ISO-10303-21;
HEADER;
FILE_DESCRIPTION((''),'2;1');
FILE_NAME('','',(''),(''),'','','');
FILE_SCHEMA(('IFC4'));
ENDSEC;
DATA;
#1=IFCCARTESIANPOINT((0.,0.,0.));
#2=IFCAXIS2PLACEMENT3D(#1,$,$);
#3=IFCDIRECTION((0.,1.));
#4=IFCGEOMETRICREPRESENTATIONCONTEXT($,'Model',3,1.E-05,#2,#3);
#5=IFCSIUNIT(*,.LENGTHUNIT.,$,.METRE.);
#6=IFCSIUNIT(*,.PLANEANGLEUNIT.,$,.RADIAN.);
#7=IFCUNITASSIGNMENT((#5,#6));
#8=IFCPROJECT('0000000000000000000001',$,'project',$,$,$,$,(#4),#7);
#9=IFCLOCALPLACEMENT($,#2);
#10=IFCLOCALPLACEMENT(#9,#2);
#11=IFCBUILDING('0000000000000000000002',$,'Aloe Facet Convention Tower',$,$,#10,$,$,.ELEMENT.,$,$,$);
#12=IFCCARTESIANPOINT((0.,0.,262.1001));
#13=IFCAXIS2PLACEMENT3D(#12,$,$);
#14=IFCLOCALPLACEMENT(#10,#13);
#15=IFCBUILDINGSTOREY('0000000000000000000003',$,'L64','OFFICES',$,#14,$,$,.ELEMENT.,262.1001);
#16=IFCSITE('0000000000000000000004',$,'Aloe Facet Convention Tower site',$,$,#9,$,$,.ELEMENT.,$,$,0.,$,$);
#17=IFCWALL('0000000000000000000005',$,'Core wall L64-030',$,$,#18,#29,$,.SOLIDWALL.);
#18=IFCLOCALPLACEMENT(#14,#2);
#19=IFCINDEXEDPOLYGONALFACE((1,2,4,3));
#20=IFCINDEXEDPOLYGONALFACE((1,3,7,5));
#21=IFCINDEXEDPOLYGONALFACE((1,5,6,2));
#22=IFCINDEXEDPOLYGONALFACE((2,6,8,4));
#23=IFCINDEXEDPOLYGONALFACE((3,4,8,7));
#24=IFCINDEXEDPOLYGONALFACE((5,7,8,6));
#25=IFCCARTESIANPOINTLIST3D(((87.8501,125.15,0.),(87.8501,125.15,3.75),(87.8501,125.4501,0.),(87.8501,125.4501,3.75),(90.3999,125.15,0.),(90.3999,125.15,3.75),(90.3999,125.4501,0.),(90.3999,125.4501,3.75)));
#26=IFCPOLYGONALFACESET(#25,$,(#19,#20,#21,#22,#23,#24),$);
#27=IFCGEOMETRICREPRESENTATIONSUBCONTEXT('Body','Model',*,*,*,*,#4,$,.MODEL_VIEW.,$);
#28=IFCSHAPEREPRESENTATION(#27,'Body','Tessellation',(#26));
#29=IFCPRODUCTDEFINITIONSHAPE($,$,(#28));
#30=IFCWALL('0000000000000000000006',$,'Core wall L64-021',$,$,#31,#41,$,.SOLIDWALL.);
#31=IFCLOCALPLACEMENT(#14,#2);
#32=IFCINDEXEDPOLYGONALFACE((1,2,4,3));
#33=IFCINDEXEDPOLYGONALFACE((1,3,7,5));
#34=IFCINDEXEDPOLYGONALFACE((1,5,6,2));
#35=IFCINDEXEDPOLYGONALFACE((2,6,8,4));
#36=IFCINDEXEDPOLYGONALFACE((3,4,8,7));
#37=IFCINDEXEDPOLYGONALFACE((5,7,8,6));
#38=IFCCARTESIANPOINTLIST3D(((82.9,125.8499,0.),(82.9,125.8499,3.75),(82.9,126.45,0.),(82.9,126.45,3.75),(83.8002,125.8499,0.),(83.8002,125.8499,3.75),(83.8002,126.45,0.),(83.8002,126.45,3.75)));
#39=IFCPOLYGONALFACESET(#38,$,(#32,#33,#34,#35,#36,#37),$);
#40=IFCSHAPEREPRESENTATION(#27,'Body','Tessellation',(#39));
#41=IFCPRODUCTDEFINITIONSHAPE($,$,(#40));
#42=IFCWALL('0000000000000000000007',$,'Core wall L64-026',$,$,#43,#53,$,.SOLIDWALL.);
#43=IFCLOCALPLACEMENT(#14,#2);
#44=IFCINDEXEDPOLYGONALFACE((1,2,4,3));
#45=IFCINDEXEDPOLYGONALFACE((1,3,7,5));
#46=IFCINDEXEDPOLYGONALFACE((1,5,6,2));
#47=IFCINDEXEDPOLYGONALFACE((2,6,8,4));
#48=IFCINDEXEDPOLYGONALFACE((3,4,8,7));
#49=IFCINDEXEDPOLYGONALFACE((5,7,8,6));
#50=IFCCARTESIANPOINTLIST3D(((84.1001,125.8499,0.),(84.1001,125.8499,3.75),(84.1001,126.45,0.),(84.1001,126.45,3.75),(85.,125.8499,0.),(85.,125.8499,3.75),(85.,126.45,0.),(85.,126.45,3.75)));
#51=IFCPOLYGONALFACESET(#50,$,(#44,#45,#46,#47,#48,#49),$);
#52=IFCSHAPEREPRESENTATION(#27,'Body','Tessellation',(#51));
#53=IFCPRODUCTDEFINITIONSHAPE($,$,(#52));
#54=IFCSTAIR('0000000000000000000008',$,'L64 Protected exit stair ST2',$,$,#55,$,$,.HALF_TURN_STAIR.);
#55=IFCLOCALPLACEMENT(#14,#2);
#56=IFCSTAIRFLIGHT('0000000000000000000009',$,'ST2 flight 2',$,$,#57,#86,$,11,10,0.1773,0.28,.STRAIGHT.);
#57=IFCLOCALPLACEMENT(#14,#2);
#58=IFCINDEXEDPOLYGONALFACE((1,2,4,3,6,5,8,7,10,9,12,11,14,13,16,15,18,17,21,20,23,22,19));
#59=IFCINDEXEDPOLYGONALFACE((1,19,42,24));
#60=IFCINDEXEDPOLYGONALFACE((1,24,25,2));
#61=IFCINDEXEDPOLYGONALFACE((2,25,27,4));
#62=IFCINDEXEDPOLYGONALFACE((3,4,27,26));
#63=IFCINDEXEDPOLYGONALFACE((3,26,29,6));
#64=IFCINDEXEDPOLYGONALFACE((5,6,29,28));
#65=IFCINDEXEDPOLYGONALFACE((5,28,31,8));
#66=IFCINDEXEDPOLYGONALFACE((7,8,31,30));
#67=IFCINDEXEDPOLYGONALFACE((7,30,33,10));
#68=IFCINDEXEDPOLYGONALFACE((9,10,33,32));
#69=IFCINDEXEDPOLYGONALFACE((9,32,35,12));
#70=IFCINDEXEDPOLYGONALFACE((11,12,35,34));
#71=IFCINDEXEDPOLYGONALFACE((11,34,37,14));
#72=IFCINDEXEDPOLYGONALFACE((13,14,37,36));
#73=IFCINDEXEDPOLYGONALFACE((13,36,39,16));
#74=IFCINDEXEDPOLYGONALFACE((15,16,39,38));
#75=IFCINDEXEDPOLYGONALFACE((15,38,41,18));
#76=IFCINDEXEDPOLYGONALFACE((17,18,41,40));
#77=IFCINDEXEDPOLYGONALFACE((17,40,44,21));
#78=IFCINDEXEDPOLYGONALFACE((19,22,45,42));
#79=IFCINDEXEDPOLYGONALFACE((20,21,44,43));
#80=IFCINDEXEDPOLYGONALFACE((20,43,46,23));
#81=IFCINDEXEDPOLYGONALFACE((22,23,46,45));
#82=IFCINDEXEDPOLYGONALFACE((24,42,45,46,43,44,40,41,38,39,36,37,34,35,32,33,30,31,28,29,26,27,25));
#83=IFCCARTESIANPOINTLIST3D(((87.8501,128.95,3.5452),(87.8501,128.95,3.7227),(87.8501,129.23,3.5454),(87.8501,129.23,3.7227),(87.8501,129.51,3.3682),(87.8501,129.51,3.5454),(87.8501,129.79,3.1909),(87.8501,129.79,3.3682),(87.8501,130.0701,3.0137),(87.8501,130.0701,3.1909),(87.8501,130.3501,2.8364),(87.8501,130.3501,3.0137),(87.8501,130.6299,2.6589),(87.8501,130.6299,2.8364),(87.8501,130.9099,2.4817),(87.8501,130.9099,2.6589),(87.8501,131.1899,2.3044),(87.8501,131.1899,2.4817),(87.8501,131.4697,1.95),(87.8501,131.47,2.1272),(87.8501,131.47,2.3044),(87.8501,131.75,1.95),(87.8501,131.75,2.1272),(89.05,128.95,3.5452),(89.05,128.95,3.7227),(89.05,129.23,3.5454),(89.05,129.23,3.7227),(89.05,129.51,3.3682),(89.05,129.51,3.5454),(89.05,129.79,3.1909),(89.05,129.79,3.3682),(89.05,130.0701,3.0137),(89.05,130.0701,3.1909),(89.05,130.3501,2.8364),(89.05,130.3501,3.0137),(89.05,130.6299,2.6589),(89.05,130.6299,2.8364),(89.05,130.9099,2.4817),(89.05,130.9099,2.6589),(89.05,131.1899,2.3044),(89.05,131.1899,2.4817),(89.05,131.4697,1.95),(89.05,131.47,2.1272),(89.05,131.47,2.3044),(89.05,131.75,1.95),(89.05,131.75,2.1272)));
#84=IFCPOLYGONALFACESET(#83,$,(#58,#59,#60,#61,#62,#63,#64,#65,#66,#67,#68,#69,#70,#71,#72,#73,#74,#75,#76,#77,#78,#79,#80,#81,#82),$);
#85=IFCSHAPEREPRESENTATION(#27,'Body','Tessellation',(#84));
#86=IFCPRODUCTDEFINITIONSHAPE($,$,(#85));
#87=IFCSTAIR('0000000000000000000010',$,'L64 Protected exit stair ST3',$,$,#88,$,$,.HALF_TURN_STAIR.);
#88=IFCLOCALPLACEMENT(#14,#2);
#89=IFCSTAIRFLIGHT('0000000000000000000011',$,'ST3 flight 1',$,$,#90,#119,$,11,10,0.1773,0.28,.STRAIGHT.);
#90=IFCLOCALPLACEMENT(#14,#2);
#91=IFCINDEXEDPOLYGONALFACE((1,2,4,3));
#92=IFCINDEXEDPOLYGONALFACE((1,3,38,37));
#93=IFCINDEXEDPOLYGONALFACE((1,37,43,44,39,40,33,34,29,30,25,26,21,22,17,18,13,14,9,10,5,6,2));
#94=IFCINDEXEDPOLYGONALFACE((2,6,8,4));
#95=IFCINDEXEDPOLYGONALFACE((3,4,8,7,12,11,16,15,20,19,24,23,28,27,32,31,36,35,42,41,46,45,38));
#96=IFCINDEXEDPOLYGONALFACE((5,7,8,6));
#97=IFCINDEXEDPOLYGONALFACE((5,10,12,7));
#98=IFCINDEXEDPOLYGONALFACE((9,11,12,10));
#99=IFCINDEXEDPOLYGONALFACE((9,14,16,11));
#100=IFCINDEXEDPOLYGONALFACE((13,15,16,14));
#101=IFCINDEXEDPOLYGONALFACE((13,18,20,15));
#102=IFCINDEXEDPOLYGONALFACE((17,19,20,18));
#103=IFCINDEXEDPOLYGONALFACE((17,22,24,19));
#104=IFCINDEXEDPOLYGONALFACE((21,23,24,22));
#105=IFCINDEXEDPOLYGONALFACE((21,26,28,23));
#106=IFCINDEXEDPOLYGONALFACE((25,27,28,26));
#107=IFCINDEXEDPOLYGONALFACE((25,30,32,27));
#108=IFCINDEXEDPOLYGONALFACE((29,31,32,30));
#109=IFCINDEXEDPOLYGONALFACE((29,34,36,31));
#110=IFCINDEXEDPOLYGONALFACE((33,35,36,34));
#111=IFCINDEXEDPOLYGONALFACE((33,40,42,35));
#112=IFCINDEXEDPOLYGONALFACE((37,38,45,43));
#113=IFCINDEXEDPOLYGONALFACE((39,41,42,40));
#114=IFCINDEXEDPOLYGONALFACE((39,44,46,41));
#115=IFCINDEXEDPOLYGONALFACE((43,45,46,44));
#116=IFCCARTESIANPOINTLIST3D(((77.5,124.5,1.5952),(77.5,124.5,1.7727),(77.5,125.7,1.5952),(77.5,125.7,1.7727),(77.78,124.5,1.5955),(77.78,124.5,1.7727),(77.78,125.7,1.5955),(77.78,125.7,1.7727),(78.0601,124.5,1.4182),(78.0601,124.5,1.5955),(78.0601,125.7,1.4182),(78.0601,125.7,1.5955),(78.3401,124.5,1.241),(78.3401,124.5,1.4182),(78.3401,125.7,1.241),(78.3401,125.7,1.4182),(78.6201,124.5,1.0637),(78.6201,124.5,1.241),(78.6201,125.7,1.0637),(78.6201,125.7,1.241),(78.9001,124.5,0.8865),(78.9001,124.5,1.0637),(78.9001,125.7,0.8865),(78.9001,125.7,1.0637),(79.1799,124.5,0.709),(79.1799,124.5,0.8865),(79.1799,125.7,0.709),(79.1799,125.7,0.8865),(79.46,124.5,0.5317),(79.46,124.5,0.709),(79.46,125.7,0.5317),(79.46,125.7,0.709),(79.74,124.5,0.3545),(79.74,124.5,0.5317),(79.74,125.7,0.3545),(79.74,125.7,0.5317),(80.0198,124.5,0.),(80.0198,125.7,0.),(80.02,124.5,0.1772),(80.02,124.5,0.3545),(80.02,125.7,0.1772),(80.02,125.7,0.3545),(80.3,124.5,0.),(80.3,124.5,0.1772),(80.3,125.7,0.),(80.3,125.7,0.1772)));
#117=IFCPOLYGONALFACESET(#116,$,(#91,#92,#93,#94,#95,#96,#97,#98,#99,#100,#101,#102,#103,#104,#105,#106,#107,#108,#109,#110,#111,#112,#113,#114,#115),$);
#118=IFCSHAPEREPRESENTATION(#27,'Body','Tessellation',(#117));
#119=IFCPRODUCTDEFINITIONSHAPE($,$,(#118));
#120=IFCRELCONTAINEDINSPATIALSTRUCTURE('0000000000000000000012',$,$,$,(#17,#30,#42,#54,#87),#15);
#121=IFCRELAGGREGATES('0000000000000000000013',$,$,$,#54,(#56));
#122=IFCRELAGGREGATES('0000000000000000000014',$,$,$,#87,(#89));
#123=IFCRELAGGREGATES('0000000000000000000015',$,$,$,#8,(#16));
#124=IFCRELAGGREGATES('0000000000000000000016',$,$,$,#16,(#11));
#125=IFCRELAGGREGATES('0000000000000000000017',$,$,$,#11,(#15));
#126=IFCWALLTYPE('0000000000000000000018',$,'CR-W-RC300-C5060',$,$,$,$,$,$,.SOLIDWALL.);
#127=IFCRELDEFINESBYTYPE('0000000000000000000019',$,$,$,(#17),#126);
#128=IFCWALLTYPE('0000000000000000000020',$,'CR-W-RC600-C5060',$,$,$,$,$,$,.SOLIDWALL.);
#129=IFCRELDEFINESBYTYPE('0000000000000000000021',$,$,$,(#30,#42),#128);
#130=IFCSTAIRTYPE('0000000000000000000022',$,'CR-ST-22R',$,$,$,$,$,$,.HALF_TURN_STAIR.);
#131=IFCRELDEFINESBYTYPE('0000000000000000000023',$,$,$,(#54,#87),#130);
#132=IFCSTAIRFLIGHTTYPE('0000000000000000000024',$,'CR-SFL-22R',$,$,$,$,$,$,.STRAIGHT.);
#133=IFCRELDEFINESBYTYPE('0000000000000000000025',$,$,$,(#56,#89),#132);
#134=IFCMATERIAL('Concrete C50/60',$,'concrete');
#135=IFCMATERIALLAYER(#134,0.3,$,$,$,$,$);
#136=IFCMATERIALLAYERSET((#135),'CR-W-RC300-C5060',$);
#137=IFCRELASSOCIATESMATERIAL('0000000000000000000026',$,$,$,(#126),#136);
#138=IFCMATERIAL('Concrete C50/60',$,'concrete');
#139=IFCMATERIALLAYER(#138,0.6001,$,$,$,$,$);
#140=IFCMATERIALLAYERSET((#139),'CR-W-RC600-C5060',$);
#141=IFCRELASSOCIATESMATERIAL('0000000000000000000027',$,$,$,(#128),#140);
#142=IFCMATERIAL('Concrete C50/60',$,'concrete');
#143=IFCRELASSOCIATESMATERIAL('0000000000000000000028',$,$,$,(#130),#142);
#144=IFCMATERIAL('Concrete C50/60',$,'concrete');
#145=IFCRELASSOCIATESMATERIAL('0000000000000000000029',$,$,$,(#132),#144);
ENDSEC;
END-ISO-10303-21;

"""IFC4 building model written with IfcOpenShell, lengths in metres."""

from ifc_helpers import new_model, si_unit, direction, frame, frame_2d, origin, place, context, subcontext, project, spatial, polyline, rectangle, outline, extrude, material, layer, layer_set, type_object, element, aggregate, save


model = new_model("IFC4")

# Units and contexts
model_context = context("Model", 3, precision=1e-05, world=origin(), true_north=direction((0.0, 1.0)))
body_context = subcontext(model_context, "Body", "Model", "MODEL_VIEW")
ifc_project = project(units=[si_unit("LENGTHUNIT", "METRE"), si_unit("PLANEANGLEUNIT", "RADIAN")], contexts=[model_context])

# Site, building, storey
site_placement = place(None, origin())
site = spatial("IfcSite", under=ifc_project, at=site_placement, Name="Aloe Facet Convention Tower site", CompositionType="ELEMENT", RefElevation=0.0)
building_placement = place(site_placement, origin())
building = spatial("IfcBuilding", under=site, at=building_placement, Name="Aloe Facet Convention Tower", CompositionType="ELEMENT")
storey_placement = place(building_placement, frame((0.0, 0.0, 262.1001)))
storey = spatial("IfcBuildingStorey", under=building, at=storey_placement, Name="L64", Description="OFFICES", CompositionType="ELEMENT", Elevation=262.1001)

# Shared definitions
ifc_material_1 = material(Name="Concrete C50/60", Category="concrete")
ifc_layer_1 = layer(ifc_material_1, 0.3)
ifc_layer_set_1 = layer_set([ifc_layer_1], Name="CR-W-RC300-C5060")
wall_type_1 = type_object("IfcWallType", Name="CR-W-RC300-C5060", PredefinedType="SOLIDWALL", material=ifc_layer_set_1)

# Walls
for number, where, z_axis, x_axis, name in (
    (1, (87.8501, 125.3, 0.0), (0.0, 0.0, 1.0), (1.0, 0.0, 0.0), "Core wall L64-030"),
):
    element("IfcWall", number, at=place(storey_placement, frame(where, z_axis=z_axis, x_axis=x_axis)), inside=storey, type_object=wall_type_1, Name=name, PredefinedType="SOLIDWALL", context=body_context, shape_type="SweptSolid", body=[
        extrude(rectangle(XDim=2.5498, YDim=0.3, at=frame_2d((1.2749, 0.0))), origin(), (0.0, 0.0, 1.0), 3.75),
    ])
ifc_material_2 = material(Name="Concrete C50/60", Category="concrete")
ifc_layer_2 = layer(ifc_material_2, 0.6001)
ifc_layer_set_2 = layer_set([ifc_layer_2], Name="CR-W-RC600-C5060")
wall_type_2 = type_object("IfcWallType", Name="CR-W-RC600-C5060", PredefinedType="SOLIDWALL", material=ifc_layer_set_2)
wall_1_placement = place(storey_placement, frame((82.8999, 126.1499, 0.0), z_axis=(0.0, 0.0, 1.0), x_axis=(1.0, 0.0, 0.0)))
element("IfcWall", 2, at=wall_1_placement, inside=storey, type_object=wall_type_2, Name="Core wall L64-021", PredefinedType="SOLIDWALL", context=body_context, shape_type="SweptSolid", body=[
    extrude(rectangle(XDim=0.9001, YDim=0.6001, at=frame_2d((0.4502, 0.0))), origin(), (0.0, 0.0, 1.0), 3.75),
])
wall_2_placement = place(storey_placement, frame((84.1001, 126.1499, 0.0), z_axis=(0.0, 0.0, 1.0), x_axis=(1.0, 0.0, 0.0)))
element("IfcWall", 3, at=wall_2_placement, inside=storey, type_object=wall_type_2, Name="Core wall L64-026", PredefinedType="SOLIDWALL", context=body_context, shape_type="SweptSolid", body=[
    extrude(rectangle(XDim=0.8999, YDim=0.6001, at=frame_2d((0.45, 0.0))), origin(), (0.0, 0.0, 1.0), 3.75),
])

# Stairs, stair flights
ifc_material_3 = material(Name="Concrete C50/60", Category="concrete")
stair_type = type_object("IfcStairType", Name="CR-ST-22R", PredefinedType="HALF_TURN_STAIR", material=ifc_material_3)
stair_1_placement = place(storey_placement, origin())
stair_1 = element("IfcStair", 4, at=stair_1_placement, inside=storey, type_object=stair_type, Name="L64 Protected exit stair ST2", PredefinedType="HALF_TURN_STAIR")
ifc_material_4 = material(Name="Concrete C50/60", Category="concrete")
stair_flight_type = type_object("IfcStairFlightType", Name="CR-SFL-22R", PredefinedType="STRAIGHT", material=ifc_material_4)
stair_flight_1_placement = place(storey_placement, frame((88.45, 131.75, 1.95), z_axis=(0.0, 0.0, 1.0), x_axis=(0.0, -1.0, 0.0)))
stair_flight_1 = element("IfcStairFlight", 5, at=stair_flight_1_placement, type_object=stair_flight_type, Name="ST2 flight 2", NumberOfRisers=11, NumberOfTreads=10, PredefinedType="STRAIGHT", RiserHeight=0.1773, TreadLength=0.28, context=body_context, shape_type="SweptSolid", body=[
    extrude(outline(polyline([(0.0, 0.0), (0.0, 0.1772), (0.28, 0.1772), (0.28, 0.3545), (0.5601, 0.3545), (0.5601, 0.5317), (0.8401, 0.5317), (0.8401, 0.709), (1.1201, 0.709), (1.1201, 0.8865), (1.3999, 0.8865), (1.3999, 1.0637), (1.6799, 1.0637), (1.6799, 1.241), (1.96, 1.241), (1.96, 1.4182), (2.24, 1.4182), (2.24, 1.5955), (2.52, 1.5955), (2.52, 1.7727), (2.8, 1.7727), (2.8, 1.95), (2.8, 1.5952), (0.2803, 0.0), (0.0, 0.0)])), frame((0.0, 0.6001, 0.0), z_axis=(0.0, -1.0, 0.0), x_axis=(1.0, 0.0, 0.0)), (0.0, 0.0, 1.0), 1.2),
])
aggregate(stair_1, [stair_flight_1])
stair_2_placement = place(storey_placement, origin())
stair_2 = element("IfcStair", 6, at=stair_2_placement, inside=storey, type_object=stair_type, Name="L64 Protected exit stair ST3", PredefinedType="HALF_TURN_STAIR")
stair_flight_2_placement = place(storey_placement, frame((80.3, 125.1001, 0.0), z_axis=(0.0, 0.0, 1.0), x_axis=(-1.0, 0.0, 0.0)))
stair_flight_2 = element("IfcStairFlight", 7, at=stair_flight_2_placement, type_object=stair_flight_type, Name="ST3 flight 1", NumberOfRisers=11, NumberOfTreads=10, PredefinedType="STRAIGHT", RiserHeight=0.1773, TreadLength=0.28, context=body_context, shape_type="SweptSolid", body=[
    extrude(outline(polyline([(0.0, 0.0), (0.0, 0.1772), (0.28, 0.1772), (0.28, 0.3545), (0.5601, 0.3545), (0.5601, 0.5317), (0.8401, 0.5317), (0.8401, 0.709), (1.1201, 0.709), (1.1201, 0.8865), (1.3999, 0.8865), (1.3999, 1.0637), (1.6799, 1.0637), (1.6799, 1.241), (1.96, 1.241), (1.96, 1.4182), (2.24, 1.4182), (2.24, 1.5955), (2.52, 1.5955), (2.52, 1.7727), (2.8, 1.7727), (2.8, 1.95), (2.8, 1.5952), (0.2803, 0.0), (0.0, 0.0)])), frame((0.0, 0.6001, 0.0), z_axis=(0.0, -1.0, 0.0), x_axis=(1.0, 0.0, 0.0)), (0.0, 0.0, 1.0), 1.2),
])
aggregate(stair_2, [stair_flight_2])

save(model, "model.ifc")
